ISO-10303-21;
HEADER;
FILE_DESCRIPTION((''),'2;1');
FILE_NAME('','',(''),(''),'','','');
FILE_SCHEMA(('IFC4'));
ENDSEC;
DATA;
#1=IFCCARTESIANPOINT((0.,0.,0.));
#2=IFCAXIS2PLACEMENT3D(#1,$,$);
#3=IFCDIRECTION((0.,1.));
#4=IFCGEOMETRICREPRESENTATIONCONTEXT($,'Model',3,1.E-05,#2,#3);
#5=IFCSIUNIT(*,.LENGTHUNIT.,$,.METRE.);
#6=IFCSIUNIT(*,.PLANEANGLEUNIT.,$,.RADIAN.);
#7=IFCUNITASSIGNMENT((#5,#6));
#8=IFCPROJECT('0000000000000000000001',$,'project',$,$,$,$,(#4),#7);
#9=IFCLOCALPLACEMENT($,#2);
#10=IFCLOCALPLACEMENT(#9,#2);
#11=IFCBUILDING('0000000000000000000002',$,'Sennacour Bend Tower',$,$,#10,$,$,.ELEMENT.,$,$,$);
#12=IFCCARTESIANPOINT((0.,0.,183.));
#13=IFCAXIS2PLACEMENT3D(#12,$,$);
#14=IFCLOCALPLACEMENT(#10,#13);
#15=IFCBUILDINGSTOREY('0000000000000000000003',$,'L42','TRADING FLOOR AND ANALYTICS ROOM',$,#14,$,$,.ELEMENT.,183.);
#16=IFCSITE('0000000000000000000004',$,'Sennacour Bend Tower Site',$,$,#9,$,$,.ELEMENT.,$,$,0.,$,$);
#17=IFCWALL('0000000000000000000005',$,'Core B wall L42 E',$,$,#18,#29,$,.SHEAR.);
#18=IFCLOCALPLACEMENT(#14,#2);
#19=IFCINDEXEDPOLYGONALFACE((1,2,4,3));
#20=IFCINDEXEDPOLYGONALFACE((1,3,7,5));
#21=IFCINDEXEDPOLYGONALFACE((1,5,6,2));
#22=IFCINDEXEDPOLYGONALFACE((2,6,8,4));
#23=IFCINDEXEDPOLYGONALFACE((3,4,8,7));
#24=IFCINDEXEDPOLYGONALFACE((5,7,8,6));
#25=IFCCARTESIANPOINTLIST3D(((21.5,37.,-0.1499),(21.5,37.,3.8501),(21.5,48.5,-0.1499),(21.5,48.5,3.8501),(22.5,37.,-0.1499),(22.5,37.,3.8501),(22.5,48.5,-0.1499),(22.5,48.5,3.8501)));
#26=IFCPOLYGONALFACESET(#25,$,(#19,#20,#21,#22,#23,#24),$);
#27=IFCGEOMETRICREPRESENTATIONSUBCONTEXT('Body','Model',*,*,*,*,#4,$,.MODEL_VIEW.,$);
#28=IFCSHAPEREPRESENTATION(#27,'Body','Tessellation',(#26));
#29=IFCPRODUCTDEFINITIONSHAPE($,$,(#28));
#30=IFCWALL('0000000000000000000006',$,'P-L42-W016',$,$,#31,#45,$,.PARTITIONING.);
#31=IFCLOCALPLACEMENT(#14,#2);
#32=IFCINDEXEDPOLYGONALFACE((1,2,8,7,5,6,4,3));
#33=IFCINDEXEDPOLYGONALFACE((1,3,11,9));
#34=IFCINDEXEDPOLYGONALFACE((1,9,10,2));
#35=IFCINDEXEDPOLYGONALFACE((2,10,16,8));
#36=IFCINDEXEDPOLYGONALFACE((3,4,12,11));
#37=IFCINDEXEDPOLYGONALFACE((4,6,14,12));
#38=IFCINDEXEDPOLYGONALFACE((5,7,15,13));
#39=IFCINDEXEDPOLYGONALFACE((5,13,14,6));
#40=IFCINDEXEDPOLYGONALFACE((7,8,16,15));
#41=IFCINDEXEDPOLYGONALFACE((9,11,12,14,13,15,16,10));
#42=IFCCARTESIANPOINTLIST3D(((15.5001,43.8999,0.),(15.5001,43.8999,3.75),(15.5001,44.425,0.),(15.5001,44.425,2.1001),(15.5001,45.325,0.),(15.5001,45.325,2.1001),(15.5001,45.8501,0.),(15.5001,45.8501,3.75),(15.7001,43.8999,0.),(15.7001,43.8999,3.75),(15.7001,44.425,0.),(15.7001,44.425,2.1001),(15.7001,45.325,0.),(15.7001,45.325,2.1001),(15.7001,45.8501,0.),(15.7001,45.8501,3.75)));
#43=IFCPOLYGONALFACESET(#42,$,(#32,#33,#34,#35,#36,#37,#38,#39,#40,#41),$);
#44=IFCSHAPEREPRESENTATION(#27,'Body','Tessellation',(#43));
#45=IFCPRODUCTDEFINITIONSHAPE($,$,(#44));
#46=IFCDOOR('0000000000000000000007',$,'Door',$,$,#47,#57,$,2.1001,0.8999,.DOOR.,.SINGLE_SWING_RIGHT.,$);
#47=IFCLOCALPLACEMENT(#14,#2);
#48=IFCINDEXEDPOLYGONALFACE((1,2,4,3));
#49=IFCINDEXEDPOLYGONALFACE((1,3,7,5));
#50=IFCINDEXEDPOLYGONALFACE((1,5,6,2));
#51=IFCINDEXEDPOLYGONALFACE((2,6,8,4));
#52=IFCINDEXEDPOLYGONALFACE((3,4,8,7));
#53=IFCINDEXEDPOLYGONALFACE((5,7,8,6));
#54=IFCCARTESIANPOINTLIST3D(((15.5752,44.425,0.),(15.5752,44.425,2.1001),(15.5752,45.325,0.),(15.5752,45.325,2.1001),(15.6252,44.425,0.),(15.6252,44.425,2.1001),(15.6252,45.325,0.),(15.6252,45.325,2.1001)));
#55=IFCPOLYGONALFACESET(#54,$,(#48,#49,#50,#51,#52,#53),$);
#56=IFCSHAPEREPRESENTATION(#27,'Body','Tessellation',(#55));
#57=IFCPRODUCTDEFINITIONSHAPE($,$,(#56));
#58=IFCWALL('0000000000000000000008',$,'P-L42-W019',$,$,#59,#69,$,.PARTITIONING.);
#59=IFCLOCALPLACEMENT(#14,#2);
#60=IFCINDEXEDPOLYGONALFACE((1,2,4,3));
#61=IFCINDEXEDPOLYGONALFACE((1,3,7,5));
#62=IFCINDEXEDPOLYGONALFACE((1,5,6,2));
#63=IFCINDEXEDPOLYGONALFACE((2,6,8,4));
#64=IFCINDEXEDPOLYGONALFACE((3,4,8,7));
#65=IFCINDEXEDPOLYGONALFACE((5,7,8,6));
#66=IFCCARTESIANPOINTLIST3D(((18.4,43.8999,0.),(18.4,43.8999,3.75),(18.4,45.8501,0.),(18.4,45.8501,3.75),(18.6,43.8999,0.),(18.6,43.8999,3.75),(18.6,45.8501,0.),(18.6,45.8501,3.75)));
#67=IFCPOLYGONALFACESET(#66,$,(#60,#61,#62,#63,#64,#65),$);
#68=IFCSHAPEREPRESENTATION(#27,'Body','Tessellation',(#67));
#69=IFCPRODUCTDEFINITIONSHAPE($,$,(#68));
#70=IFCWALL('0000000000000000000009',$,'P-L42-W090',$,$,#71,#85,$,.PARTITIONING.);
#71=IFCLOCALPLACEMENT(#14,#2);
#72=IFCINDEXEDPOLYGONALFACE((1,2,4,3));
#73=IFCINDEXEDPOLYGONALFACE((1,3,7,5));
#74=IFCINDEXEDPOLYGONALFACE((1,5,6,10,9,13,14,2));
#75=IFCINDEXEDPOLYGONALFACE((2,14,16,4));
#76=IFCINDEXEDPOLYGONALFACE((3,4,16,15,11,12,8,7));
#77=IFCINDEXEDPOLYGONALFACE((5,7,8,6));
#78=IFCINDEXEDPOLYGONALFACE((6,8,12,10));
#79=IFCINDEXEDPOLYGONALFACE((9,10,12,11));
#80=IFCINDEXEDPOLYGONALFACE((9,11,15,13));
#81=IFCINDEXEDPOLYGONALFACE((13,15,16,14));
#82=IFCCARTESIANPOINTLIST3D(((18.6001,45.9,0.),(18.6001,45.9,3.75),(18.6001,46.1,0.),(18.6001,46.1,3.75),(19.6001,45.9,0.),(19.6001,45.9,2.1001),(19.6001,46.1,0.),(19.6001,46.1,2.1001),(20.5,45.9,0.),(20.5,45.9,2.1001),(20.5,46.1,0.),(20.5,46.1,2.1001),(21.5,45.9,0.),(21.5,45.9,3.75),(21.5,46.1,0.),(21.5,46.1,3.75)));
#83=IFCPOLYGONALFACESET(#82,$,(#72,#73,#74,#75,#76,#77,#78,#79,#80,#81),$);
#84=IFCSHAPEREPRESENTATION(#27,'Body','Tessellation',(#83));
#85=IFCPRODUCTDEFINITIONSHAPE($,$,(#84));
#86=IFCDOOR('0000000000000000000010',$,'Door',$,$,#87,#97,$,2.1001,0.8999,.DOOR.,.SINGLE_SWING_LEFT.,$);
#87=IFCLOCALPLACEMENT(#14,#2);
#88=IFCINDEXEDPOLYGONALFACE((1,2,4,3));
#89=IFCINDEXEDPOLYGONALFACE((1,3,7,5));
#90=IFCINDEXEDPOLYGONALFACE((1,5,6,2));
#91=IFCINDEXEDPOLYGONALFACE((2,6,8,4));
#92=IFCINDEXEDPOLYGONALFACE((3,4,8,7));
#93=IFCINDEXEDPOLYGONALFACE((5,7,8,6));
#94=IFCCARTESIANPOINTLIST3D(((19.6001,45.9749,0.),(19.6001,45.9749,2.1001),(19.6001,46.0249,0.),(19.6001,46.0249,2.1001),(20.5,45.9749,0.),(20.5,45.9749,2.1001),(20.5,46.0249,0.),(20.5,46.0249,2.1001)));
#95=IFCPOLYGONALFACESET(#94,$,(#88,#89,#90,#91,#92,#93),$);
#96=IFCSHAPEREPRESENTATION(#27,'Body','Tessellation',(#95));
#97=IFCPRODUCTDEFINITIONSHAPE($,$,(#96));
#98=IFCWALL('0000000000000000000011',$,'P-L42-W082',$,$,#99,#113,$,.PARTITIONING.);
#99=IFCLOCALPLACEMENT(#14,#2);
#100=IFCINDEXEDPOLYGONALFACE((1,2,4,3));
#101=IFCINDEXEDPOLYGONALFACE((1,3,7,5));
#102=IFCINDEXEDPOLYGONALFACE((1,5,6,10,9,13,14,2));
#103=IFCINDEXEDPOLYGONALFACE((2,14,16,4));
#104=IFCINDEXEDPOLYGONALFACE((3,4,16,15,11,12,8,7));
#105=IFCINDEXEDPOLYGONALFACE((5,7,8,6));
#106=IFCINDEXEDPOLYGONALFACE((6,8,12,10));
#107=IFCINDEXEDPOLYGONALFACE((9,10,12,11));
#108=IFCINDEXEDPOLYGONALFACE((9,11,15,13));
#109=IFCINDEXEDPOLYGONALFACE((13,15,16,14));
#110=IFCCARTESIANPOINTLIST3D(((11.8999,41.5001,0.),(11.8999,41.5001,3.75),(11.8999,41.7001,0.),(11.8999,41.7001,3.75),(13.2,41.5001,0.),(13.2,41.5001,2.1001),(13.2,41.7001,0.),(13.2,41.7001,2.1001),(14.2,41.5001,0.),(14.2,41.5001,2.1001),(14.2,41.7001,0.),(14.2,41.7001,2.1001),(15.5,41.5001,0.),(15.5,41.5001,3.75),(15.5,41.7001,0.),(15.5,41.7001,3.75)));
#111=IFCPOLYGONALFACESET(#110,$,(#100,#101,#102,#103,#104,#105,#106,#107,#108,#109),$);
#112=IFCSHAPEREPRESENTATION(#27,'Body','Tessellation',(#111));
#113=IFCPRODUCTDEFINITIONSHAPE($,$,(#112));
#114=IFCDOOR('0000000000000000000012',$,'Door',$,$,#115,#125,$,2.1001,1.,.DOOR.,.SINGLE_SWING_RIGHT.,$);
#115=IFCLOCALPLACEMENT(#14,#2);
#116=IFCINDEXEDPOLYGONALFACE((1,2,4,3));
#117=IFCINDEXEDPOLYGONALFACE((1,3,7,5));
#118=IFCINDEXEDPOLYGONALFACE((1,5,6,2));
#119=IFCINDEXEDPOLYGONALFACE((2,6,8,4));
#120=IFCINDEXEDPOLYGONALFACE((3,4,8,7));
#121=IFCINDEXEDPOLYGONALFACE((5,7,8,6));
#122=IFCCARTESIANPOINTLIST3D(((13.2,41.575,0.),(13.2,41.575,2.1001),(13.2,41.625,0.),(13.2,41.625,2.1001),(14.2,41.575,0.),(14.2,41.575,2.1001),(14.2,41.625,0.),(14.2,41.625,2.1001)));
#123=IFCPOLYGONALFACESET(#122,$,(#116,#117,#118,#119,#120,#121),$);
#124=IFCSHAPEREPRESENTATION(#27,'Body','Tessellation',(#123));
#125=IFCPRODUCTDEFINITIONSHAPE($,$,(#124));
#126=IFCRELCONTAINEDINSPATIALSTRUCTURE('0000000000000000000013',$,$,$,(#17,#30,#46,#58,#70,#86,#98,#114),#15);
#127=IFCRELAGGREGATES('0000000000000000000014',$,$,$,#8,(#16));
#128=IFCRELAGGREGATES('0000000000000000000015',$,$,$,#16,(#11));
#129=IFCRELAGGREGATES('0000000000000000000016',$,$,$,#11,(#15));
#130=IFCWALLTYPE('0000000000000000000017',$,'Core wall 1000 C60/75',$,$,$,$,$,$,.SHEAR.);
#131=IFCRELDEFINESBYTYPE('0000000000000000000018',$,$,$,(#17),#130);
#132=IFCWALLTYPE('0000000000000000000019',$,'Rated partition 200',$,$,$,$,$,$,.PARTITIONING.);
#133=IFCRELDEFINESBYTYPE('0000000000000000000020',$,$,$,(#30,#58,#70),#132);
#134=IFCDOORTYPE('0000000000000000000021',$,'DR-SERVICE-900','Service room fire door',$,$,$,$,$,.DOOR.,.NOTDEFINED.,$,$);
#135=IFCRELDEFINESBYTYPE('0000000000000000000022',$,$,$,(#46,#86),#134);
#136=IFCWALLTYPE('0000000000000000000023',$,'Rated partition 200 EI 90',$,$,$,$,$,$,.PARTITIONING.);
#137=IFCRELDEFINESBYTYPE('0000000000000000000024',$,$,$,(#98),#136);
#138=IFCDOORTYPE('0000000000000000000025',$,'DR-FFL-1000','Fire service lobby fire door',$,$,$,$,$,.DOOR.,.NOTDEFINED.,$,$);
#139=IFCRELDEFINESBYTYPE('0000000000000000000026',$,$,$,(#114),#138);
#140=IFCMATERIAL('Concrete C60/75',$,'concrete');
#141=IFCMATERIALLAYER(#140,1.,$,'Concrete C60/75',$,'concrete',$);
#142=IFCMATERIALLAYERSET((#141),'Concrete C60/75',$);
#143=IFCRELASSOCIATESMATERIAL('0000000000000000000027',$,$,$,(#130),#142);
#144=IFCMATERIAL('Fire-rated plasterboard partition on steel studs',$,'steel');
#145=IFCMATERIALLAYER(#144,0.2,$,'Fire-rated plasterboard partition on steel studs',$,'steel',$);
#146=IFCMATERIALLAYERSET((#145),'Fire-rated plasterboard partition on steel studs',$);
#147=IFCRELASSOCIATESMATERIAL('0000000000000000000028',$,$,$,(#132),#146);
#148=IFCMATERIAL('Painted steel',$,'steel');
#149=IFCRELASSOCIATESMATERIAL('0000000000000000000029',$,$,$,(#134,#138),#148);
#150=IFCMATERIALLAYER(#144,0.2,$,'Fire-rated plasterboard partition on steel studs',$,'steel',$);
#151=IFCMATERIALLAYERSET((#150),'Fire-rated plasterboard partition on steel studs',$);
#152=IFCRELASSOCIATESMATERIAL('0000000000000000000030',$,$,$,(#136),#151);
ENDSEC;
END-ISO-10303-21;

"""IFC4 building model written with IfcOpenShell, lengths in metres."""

from ifc_helpers import new_model, si_unit, direction, frame, frame_2d, origin, place, context, subcontext, project, spatial, rectangle, extrude, material, layer, layer_set, type_object, element, fill, save


model = new_model("IFC4")

# Units and contexts
model_context = context("Model", 3, precision=1e-05, world=origin(), true_north=direction((0.0, 1.0)))
body_context = subcontext(model_context, "Body", "Model", "MODEL_VIEW")
ifc_project = project(units=[si_unit("LENGTHUNIT", "METRE"), si_unit("PLANEANGLEUNIT", "RADIAN")], contexts=[model_context])

# Site, building, storey
site_placement = place(None, origin())
site = spatial("IfcSite", under=ifc_project, at=site_placement, Name="Sennacour Bend Tower Site", CompositionType="ELEMENT", RefElevation=0.0)
building_placement = place(site_placement, origin())
building = spatial("IfcBuilding", under=site, at=building_placement, Name="Sennacour Bend Tower", CompositionType="ELEMENT")
storey_placement = place(building_placement, frame((0.0, 0.0, 183.0)))
storey = spatial("IfcBuildingStorey", under=building, at=storey_placement, Name="L42", Description="TRADING FLOOR AND ANALYTICS ROOM", CompositionType="ELEMENT", Elevation=183.0)

# Wall
ifc_material_1 = material(Name="Concrete C60/75", Category="concrete")
ifc_layer_1 = layer(ifc_material_1, 1.0, Name="Concrete C60/75", Category="concrete")
ifc_layer_set_1 = layer_set([ifc_layer_1], Name="Concrete C60/75")
wall_type_1 = type_object("IfcWallType", Name="Core wall 1000 C60/75", PredefinedType="SHEAR", material=ifc_layer_set_1)
wall_1_placement = place(storey_placement, frame((22.0, 37.0, -0.1499), z_axis=(0.0, 0.0, 1.0), x_axis=(0.0, 1.0, 0.0)))
element("IfcWall", 1, at=wall_1_placement, inside=storey, type_object=wall_type_1, Name="Core B wall L42 E", PredefinedType="SHEAR", context=body_context, shape_type="SweptSolid", body=[
    extrude(rectangle(XDim=11.5, YDim=1.0, at=frame_2d((5.75, 0.0))), origin(), (0.0, 0.0, 1.0), 4.0),
])

# Wall, opening, door
ifc_material_2 = material(Name="Fire-rated plasterboard partition on steel studs", Category="steel")
ifc_layer_2 = layer(ifc_material_2, 0.2, Name="Fire-rated plasterboard partition on steel studs", Category="steel")
ifc_layer_set_2 = layer_set([ifc_layer_2], Name="Fire-rated plasterboard partition on steel studs")
wall_type_2 = type_object("IfcWallType", Name="Rated partition 200", PredefinedType="PARTITIONING", material=ifc_layer_set_2)
wall_2_placement = place(storey_placement, frame((15.6001, 43.8999, 0.0), z_axis=(0.0, 0.0, 1.0), x_axis=(0.0, 1.0, 0.0)))
wall_2 = element("IfcWall", 2, at=wall_2_placement, inside=storey, type_object=wall_type_2, Name="P-L42-W016", PredefinedType="PARTITIONING", context=body_context, shape_type="SweptSolid", body=[
    extrude(rectangle(XDim=1.9502, YDim=0.2, at=frame_2d((0.9751, 0.0))), origin(), (0.0, 0.0, 1.0), 3.75),
])
opening_1_placement = place(wall_2_placement, frame((0.5251, 0.0, 0.0)))
opening_1 = element("IfcOpeningElement", 3, at=opening_1_placement, cuts=wall_2, PredefinedType="OPENING", context=body_context, shape_type="SweptSolid", body=[
    extrude(rectangle(XDim=0.8999, YDim=2.1001, at=frame_2d((0.45, 1.05))), frame((0.0, 0.1099, 0.0), z_axis=(0.0, -1.0, 0.0), x_axis=(1.0, 0.0, 0.0)), (0.0, 0.0, 1.0), 0.22),
])
ifc_material_3 = material(Name="Painted steel", Category="steel")
door_type_1 = type_object("IfcDoorType", Name="DR-SERVICE-900", Description="Service room fire door", OperationType="NOTDEFINED", PredefinedType="DOOR", material=ifc_material_3)
door_1_placement = place(opening_1_placement, origin())
door_1 = element("IfcDoor", 4, at=door_1_placement, inside=storey, type_object=door_type_1, Name="Door", OperationType="SINGLE_SWING_RIGHT", OverallHeight=2.1001, OverallWidth=0.8999, PredefinedType="DOOR", context=body_context, shape_type="SweptSolid", body=[
    extrude(rectangle(XDim=0.8999, YDim=2.1001, at=frame_2d((0.45, 1.05))), frame((0.0, 0.0249, 0.0), z_axis=(0.0, -1.0, 0.0), x_axis=(1.0, 0.0, 0.0)), (0.0, 0.0, 1.0), 0.05),
])
fill(opening_1, door_1)

# Wall
wall_3_placement = place(storey_placement, frame((18.5, 43.8999, 0.0), z_axis=(0.0, 0.0, 1.0), x_axis=(0.0, 1.0, 0.0)))
element("IfcWall", 5, at=wall_3_placement, inside=storey, type_object=wall_type_2, Name="P-L42-W019", PredefinedType="PARTITIONING", context=body_context, shape_type="SweptSolid", body=[
    extrude(rectangle(XDim=1.9502, YDim=0.2, at=frame_2d((0.9751, 0.0))), origin(), (0.0, 0.0, 1.0), 3.75),
])

# Walls, openings, doors
wall_4_placement = place(storey_placement, frame((18.6001, 46.0, 0.0), z_axis=(0.0, 0.0, 1.0), x_axis=(1.0, 0.0, 0.0)))
wall_4 = element("IfcWall", 6, at=wall_4_placement, inside=storey, type_object=wall_type_2, Name="P-L42-W090", PredefinedType="PARTITIONING", context=body_context, shape_type="SweptSolid", body=[
    extrude(rectangle(XDim=2.8999, YDim=0.2, at=frame_2d((1.45, 0.0))), origin(), (0.0, 0.0, 1.0), 3.75),
])
opening_2_placement = place(wall_4_placement, frame((1.0, 0.0, 0.0)))
opening_2 = element("IfcOpeningElement", 7, at=opening_2_placement, cuts=wall_4, PredefinedType="OPENING", context=body_context, shape_type="SweptSolid", body=[
    extrude(rectangle(XDim=0.8999, YDim=2.1001, at=frame_2d((0.45, 1.05))), frame((0.0, 0.1099, 0.0), z_axis=(0.0, -1.0, 0.0), x_axis=(1.0, 0.0, 0.0)), (0.0, 0.0, 1.0), 0.22),
])
door_2_placement = place(opening_2_placement, origin())
door_2 = element("IfcDoor", 8, at=door_2_placement, inside=storey, type_object=door_type_1, Name="Door", OperationType="SINGLE_SWING_LEFT", OverallHeight=2.1001, OverallWidth=0.8999, PredefinedType="DOOR", context=body_context, shape_type="SweptSolid", body=[
    extrude(rectangle(XDim=0.8999, YDim=2.1001, at=frame_2d((0.45, 1.05))), frame((0.0, 0.0249, 0.0), z_axis=(0.0, -1.0, 0.0), x_axis=(1.0, 0.0, 0.0)), (0.0, 0.0, 1.0), 0.05),
])
fill(opening_2, door_2)
ifc_layer_3 = layer(ifc_material_2, 0.2, Name="Fire-rated plasterboard partition on steel studs", Category="steel")
ifc_layer_set_3 = layer_set([ifc_layer_3], Name="Fire-rated plasterboard partition on steel studs")
wall_type_3 = type_object("IfcWallType", Name="Rated partition 200 EI 90", PredefinedType="PARTITIONING", material=ifc_layer_set_3)
wall_5_placement = place(storey_placement, frame((11.8999, 41.6001, 0.0), z_axis=(0.0, 0.0, 1.0), x_axis=(1.0, 0.0, 0.0)))
wall_5 = element("IfcWall", 9, at=wall_5_placement, inside=storey, type_object=wall_type_3, Name="P-L42-W082", PredefinedType="PARTITIONING", context=body_context, shape_type="SweptSolid", body=[
    extrude(rectangle(XDim=3.6001, YDim=0.2, at=frame_2d((1.8, 0.0))), origin(), (0.0, 0.0, 1.0), 3.75),
])
opening_3_placement = place(wall_5_placement, frame((1.3, 0.0, 0.0)))
opening_3 = element("IfcOpeningElement", 10, at=opening_3_placement, cuts=wall_5, PredefinedType="OPENING", context=body_context, shape_type="SweptSolid", body=[
    extrude(rectangle(XDim=1.0, YDim=2.1001, at=frame_2d((0.5, 1.05))), frame((0.0, 0.1099, 0.0), z_axis=(0.0, -1.0, 0.0), x_axis=(1.0, 0.0, 0.0)), (0.0, 0.0, 1.0), 0.22),
])
door_type_2 = type_object("IfcDoorType", Name="DR-FFL-1000", Description="Fire service lobby fire door", OperationType="NOTDEFINED", PredefinedType="DOOR", material=ifc_material_3)
door_3_placement = place(opening_3_placement, origin())
door_3 = element("IfcDoor", 11, at=door_3_placement, inside=storey, type_object=door_type_2, Name="Door", OperationType="SINGLE_SWING_RIGHT", OverallHeight=2.1001, OverallWidth=1.0, PredefinedType="DOOR", context=body_context, shape_type="SweptSolid", body=[
    extrude(rectangle(XDim=1.0, YDim=2.1001, at=frame_2d((0.5, 1.05))), frame((0.0, 0.0249, 0.0), z_axis=(0.0, -1.0, 0.0), x_axis=(1.0, 0.0, 0.0)), (0.0, 0.0, 1.0), 0.05),
])
fill(opening_3, door_3)

save(model, "model.ifc")
